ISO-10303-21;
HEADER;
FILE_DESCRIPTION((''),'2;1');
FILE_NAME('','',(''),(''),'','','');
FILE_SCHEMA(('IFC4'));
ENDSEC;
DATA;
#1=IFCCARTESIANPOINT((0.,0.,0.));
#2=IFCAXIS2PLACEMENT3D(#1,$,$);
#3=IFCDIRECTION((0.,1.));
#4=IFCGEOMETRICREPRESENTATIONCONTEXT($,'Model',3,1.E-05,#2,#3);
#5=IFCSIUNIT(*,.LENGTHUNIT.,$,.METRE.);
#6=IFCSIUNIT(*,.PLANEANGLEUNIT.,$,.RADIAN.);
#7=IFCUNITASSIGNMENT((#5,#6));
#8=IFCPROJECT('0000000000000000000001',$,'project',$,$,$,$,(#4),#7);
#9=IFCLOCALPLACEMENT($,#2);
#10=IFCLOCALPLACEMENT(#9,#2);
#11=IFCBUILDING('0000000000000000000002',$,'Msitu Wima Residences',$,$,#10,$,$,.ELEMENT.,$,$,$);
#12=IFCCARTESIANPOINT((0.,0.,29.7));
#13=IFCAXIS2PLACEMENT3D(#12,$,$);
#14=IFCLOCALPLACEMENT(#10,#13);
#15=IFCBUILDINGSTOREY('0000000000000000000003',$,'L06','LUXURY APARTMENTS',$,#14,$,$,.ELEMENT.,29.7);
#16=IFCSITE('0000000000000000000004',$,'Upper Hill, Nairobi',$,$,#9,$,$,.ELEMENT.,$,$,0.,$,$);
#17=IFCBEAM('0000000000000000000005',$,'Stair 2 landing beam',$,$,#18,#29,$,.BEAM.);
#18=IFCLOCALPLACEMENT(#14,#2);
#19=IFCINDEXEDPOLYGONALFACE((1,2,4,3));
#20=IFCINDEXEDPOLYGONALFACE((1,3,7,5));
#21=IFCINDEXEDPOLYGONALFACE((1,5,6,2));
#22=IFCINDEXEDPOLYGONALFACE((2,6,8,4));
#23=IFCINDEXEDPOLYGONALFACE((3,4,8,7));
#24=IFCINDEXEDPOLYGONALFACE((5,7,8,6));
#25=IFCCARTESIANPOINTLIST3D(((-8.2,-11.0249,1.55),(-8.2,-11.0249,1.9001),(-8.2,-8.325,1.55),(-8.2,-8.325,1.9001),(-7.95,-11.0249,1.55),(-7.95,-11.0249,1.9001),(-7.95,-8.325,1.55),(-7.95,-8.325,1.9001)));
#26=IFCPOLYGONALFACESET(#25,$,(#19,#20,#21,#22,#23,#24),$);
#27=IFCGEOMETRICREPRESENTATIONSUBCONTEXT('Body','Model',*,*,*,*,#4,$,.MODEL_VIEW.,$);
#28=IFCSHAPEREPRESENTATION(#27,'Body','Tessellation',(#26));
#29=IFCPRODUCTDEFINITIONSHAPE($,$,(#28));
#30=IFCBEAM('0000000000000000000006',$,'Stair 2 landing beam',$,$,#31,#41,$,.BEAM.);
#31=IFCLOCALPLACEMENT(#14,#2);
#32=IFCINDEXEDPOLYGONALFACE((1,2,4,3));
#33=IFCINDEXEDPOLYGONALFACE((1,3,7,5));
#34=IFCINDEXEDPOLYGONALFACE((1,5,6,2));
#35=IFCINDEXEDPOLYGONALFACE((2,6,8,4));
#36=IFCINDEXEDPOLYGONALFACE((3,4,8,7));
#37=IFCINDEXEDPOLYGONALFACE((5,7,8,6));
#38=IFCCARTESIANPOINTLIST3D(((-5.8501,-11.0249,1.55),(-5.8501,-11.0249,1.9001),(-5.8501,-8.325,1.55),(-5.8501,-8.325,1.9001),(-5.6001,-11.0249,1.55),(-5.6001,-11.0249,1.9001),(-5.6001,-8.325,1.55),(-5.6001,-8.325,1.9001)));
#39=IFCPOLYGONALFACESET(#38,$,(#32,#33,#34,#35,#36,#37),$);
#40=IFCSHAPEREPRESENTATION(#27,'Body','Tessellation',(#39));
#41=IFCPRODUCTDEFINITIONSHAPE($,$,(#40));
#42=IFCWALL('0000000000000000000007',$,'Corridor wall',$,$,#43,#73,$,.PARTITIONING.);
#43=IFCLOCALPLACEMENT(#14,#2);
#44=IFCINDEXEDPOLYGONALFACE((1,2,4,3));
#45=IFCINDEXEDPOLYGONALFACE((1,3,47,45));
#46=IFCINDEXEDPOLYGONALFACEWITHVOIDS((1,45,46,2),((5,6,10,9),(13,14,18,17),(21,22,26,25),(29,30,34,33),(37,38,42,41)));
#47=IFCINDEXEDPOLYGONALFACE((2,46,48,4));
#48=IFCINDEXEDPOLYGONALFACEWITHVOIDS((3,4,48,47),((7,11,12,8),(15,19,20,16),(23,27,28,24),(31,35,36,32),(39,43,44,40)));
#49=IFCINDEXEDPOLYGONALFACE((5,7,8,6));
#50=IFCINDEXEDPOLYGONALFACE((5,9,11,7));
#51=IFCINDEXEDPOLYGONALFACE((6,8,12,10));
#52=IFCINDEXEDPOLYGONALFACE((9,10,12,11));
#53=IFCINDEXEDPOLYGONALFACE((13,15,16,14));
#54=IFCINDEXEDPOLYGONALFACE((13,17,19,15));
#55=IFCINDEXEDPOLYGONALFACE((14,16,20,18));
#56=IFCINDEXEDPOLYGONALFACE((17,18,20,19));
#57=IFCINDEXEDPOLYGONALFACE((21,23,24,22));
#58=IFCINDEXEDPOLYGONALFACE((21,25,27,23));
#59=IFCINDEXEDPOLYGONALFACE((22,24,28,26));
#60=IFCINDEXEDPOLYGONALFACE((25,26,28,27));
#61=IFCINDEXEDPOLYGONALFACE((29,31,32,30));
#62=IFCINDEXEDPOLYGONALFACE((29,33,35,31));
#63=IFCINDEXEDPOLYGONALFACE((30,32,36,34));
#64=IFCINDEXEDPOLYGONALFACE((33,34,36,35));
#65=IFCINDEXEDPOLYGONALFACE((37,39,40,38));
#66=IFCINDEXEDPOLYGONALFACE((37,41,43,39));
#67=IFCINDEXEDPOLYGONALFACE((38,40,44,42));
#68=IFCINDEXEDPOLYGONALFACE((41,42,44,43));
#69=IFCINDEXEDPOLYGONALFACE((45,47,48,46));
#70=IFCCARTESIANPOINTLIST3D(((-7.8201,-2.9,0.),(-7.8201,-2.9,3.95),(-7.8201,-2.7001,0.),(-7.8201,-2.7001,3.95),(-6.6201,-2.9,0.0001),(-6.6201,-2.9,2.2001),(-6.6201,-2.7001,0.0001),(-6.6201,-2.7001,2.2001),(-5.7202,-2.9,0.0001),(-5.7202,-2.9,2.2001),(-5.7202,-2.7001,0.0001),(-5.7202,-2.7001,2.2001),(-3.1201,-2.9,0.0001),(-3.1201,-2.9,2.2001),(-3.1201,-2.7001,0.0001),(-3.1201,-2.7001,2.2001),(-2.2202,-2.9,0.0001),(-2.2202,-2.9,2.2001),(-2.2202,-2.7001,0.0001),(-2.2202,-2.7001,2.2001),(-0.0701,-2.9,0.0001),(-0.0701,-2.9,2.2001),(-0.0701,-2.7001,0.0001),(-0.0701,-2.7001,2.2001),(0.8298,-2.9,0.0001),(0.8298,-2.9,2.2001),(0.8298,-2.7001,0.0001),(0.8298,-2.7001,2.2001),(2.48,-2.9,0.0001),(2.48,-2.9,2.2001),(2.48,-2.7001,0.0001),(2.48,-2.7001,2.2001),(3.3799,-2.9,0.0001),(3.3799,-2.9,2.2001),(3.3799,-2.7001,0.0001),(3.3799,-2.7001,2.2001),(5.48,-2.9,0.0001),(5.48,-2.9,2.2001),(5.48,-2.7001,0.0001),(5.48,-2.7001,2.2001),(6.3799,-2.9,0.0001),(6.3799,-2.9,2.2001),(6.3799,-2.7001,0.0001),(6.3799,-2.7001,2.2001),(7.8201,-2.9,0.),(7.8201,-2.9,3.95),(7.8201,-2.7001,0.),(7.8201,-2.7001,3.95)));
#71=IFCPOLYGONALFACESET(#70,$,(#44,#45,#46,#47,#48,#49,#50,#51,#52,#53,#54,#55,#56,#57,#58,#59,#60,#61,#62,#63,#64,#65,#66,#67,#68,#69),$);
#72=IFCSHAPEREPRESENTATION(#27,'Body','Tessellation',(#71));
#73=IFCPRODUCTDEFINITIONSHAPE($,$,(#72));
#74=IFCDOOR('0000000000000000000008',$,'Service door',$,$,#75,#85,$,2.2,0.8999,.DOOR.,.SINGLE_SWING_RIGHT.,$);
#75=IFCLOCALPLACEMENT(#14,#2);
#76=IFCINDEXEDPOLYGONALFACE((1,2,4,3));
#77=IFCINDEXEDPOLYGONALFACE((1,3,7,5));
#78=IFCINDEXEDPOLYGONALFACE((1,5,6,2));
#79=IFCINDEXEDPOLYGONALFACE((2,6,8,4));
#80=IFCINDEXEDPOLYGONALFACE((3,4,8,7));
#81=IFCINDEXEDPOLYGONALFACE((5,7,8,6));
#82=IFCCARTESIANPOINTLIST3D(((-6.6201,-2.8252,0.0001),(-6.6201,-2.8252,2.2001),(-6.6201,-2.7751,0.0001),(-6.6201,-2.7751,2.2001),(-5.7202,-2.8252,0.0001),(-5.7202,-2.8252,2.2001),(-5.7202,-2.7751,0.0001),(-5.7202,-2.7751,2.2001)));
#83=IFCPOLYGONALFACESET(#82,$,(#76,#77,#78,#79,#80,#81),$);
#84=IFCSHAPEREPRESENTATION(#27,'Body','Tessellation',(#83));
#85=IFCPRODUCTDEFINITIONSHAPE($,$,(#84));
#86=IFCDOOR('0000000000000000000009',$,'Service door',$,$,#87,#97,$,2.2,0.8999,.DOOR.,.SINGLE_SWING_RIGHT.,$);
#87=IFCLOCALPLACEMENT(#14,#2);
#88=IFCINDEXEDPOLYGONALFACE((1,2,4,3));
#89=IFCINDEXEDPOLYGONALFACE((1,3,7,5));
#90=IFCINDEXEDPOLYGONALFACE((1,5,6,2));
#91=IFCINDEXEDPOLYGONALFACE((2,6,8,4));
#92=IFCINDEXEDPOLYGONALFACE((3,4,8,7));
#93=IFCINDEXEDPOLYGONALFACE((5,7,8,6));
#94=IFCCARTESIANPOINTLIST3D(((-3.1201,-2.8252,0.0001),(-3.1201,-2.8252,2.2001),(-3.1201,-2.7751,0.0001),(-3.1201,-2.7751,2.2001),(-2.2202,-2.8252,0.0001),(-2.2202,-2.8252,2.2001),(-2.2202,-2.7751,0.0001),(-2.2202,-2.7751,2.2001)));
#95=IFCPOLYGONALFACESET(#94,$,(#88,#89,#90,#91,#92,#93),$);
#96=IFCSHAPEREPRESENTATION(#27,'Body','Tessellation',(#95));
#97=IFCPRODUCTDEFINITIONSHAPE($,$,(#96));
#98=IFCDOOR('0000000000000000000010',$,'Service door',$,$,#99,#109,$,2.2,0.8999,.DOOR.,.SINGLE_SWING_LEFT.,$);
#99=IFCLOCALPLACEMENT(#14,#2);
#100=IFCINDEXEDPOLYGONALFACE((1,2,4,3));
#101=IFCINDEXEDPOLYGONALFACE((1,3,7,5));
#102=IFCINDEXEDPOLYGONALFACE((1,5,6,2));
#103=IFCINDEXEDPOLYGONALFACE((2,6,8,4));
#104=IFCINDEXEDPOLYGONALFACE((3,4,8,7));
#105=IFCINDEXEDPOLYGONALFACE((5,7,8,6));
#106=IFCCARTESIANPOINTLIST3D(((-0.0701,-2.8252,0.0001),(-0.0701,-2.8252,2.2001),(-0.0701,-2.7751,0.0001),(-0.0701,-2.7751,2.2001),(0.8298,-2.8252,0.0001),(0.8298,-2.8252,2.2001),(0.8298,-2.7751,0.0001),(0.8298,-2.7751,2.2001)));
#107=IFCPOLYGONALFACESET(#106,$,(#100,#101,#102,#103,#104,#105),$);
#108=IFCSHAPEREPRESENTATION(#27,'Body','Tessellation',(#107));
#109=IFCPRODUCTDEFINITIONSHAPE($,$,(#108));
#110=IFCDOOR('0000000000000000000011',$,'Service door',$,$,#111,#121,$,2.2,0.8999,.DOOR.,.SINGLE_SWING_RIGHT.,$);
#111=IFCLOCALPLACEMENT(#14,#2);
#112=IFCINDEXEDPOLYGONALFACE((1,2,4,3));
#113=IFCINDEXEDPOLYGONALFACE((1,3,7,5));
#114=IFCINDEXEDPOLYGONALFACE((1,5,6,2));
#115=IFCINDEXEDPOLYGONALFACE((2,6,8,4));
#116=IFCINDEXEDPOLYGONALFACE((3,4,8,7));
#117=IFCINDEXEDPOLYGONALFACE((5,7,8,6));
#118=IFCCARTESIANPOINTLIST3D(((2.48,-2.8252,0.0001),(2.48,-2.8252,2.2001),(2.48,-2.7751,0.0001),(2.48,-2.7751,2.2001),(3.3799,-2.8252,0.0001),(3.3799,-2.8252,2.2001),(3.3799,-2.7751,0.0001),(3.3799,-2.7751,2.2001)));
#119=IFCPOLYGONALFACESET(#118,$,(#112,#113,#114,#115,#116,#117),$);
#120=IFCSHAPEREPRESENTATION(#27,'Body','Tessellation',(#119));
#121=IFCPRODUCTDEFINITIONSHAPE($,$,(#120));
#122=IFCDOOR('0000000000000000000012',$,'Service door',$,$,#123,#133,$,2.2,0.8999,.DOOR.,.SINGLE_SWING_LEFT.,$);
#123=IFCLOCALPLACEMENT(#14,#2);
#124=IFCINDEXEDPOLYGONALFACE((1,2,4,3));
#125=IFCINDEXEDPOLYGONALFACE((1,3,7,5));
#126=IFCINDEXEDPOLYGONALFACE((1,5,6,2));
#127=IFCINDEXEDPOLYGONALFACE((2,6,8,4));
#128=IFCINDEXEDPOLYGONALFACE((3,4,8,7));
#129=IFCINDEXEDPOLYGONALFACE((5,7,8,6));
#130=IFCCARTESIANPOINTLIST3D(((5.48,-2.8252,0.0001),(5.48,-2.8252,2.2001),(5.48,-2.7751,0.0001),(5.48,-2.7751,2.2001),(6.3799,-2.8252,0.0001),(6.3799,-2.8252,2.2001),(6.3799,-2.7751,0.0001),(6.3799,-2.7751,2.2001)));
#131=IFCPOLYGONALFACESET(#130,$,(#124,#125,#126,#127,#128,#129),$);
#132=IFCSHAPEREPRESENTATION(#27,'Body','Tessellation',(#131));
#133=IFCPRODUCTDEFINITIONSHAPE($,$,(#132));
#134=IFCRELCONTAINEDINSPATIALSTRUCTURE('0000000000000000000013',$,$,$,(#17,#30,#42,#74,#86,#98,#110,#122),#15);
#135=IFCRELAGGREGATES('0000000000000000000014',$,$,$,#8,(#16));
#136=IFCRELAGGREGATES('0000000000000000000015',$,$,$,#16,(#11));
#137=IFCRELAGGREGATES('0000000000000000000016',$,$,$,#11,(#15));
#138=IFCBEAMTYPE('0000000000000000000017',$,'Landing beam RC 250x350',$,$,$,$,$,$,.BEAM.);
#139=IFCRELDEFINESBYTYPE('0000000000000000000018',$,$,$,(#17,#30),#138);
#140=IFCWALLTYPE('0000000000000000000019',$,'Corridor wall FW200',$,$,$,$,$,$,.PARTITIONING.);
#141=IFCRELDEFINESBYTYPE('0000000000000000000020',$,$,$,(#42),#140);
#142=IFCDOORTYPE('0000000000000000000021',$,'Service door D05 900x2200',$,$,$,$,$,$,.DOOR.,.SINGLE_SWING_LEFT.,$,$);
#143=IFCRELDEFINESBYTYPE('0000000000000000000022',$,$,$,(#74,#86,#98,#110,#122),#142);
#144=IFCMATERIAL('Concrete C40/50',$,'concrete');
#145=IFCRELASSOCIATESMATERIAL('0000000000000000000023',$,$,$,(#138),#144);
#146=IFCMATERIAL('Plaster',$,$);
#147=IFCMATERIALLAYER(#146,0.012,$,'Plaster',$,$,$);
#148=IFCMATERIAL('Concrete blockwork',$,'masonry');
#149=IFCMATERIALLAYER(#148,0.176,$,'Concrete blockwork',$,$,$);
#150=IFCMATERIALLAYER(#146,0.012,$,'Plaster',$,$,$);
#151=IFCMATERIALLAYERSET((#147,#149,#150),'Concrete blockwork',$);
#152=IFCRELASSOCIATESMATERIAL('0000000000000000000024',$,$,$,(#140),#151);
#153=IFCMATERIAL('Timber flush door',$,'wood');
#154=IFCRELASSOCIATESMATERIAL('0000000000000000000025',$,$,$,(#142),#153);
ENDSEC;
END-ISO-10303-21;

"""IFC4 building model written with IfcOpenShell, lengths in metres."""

from ifc_helpers import new_model, si_unit, direction, frame, frame_2d, origin, origin_2d, place, context, subcontext, project, spatial, rectangle, extrude, material, layer, layer_set, material_profile, profile_set, type_object, element, fill, save


model = new_model("IFC4")

# Units and contexts
model_context = context("Model", 3, precision=1e-05, world=origin(), true_north=direction((0.0, 1.0)))
body_context = subcontext(model_context, "Body", "Model", "MODEL_VIEW")
ifc_project = project(units=[si_unit("LENGTHUNIT", "METRE"), si_unit("PLANEANGLEUNIT", "RADIAN")], contexts=[model_context])

# Site, building, storey
site_placement = place(None, origin())
site = spatial("IfcSite", under=ifc_project, at=site_placement, Name="Upper Hill, Nairobi", CompositionType="ELEMENT", RefElevation=0.0)
building_placement = place(site_placement, origin())
building = spatial("IfcBuilding", under=site, at=building_placement, Name="Msitu Wima Residences", CompositionType="ELEMENT")
storey_placement = place(building_placement, frame((0.0, 0.0, 29.7)))
storey = spatial("IfcBuildingStorey", under=building, at=storey_placement, Name="L06", Description="LUXURY APARTMENTS", CompositionType="ELEMENT", Elevation=29.7)

# Beams
ifc_material_1 = material(Name="Concrete C40/50", Category="concrete")
ifc_material_profile = material_profile(ifc_material_1, rectangle(XDim=0.25, YDim=0.3501, at=origin_2d()), Name="RC 250x350")
ifc_profile_set = profile_set([ifc_material_profile], Name="Concrete C40/50")
beam_type = type_object("IfcBeamType", Name="Landing beam RC 250x350", PredefinedType="BEAM", material=ifc_profile_set)
for number, where, z_axis, x_axis, name in (
    (1, (-8.075, -11.0249, 1.7251), (0.0, 1.0, 0.0), (-1.0, 0.0, 0.0), "Stair 2 landing beam"),
    (2, (-5.7251, -11.0249, 1.7251), (0.0, 1.0, 0.0), (-1.0, 0.0, 0.0), "Stair 2 landing beam"),
):
    element("IfcBeam", number, at=place(storey_placement, frame(where, z_axis=z_axis, x_axis=x_axis)), inside=storey, type_object=beam_type, Name=name, PredefinedType="BEAM", context=body_context, shape_type="SweptSolid", body=[
        extrude(rectangle(XDim=0.25, YDim=0.3501, at=origin_2d()), origin(), (0.0, 0.0, 1.0), 2.7),
    ])

# Wall, openings, doors
ifc_material_2 = material(Name="Plaster")
ifc_layer_1 = layer(ifc_material_2, 0.012, Name="Plaster")
ifc_material_3 = material(Name="Concrete blockwork", Category="masonry")
ifc_layer_2 = layer(ifc_material_3, 0.176, Name="Concrete blockwork")
ifc_layer_3 = layer(ifc_material_2, 0.012, Name="Plaster")
ifc_layer_set_1 = layer_set([ifc_layer_1, ifc_layer_2, ifc_layer_3], Name="Concrete blockwork")
wall_type_1 = type_object("IfcWallType", Name="Corridor wall FW200", PredefinedType="PARTITIONING", material=ifc_layer_set_1)
wall_1_placement = place(storey_placement, frame((-7.8201, -2.8, 0.0), z_axis=(0.0, 0.0, 1.0), x_axis=(1.0, 0.0, 0.0)))
wall_1 = element("IfcWall", 3, at=wall_1_placement, inside=storey, type_object=wall_type_1, Name="Corridor wall", PredefinedType="PARTITIONING", context=body_context, shape_type="SweptSolid", body=[
    extrude(rectangle(XDim=15.6401, YDim=0.2, at=frame_2d((7.8201, 0.0))), origin(), (0.0, 0.0, 1.0), 3.95),
])
opening_1_placement = place(wall_1_placement, frame((1.2, 0.0, 0.0)))
opening_1 = element("IfcOpeningElement", 4, at=opening_1_placement, cuts=wall_1, PredefinedType="OPENING", context=body_context, shape_type="SweptSolid", body=[
    extrude(rectangle(XDim=0.8999, YDim=2.2, at=frame_2d((0.45, 1.1001))), frame((0.0, 0.1099, 0.0), z_axis=(0.0, -1.0, 0.0), x_axis=(1.0, 0.0, 0.0)), (0.0, 0.0, 1.0), 0.22),
])
opening_2_placement = place(wall_1_placement, frame((4.7, 0.0, 0.0)))
opening_2 = element("IfcOpeningElement", 5, at=opening_2_placement, cuts=wall_1, PredefinedType="OPENING", context=body_context, shape_type="SweptSolid", body=[
    extrude(rectangle(XDim=0.8999, YDim=2.2, at=frame_2d((0.45, 1.1001))), frame((0.0, 0.1099, 0.0), z_axis=(0.0, -1.0, 0.0), x_axis=(1.0, 0.0, 0.0)), (0.0, 0.0, 1.0), 0.22),
])
opening_3_placement = place(wall_1_placement, frame((7.75, 0.0, 0.0)))
opening_3 = element("IfcOpeningElement", 6, at=opening_3_placement, cuts=wall_1, PredefinedType="OPENING", context=body_context, shape_type="SweptSolid", body=[
    extrude(rectangle(XDim=0.8999, YDim=2.2, at=frame_2d((0.45, 1.1001))), frame((0.0, 0.1099, 0.0), z_axis=(0.0, -1.0, 0.0), x_axis=(1.0, 0.0, 0.0)), (0.0, 0.0, 1.0), 0.22),
])
opening_4_placement = place(wall_1_placement, frame((10.3, 0.0, 0.0)))
opening_4 = element("IfcOpeningElement", 7, at=opening_4_placement, cuts=wall_1, PredefinedType="OPENING", context=body_context, shape_type="SweptSolid", body=[
    extrude(rectangle(XDim=0.8999, YDim=2.2, at=frame_2d((0.45, 1.1001))), frame((0.0, 0.1099, 0.0), z_axis=(0.0, -1.0, 0.0), x_axis=(1.0, 0.0, 0.0)), (0.0, 0.0, 1.0), 0.22),
])
opening_5_placement = place(wall_1_placement, frame((13.3, 0.0, 0.0)))
opening_5 = element("IfcOpeningElement", 8, at=opening_5_placement, cuts=wall_1, PredefinedType="OPENING", context=body_context, shape_type="SweptSolid", body=[
    extrude(rectangle(XDim=0.8999, YDim=2.2, at=frame_2d((0.45, 1.1001))), frame((0.0, 0.1099, 0.0), z_axis=(0.0, -1.0, 0.0), x_axis=(1.0, 0.0, 0.0)), (0.0, 0.0, 1.0), 0.22),
])
ifc_material_4 = material(Name="Timber flush door", Category="wood")
door_type_1 = type_object("IfcDoorType", Name="Service door D05 900x2200", OperationType="SINGLE_SWING_LEFT", PredefinedType="DOOR", material=ifc_material_4)
door_1_placement = place(opening_1_placement, origin())
door_1 = element("IfcDoor", 9, at=door_1_placement, inside=storey, type_object=door_type_1, Name="Service door", OperationType="SINGLE_SWING_RIGHT", OverallHeight=2.2, OverallWidth=0.8999, PredefinedType="DOOR", context=body_context, shape_type="SweptSolid", body=[
    extrude(rectangle(XDim=0.8999, YDim=2.2, at=frame_2d((0.45, 1.1001))), frame((0.0, 0.0249, 0.0), z_axis=(0.0, -1.0, 0.0), x_axis=(1.0, 0.0, 0.0)), (0.0, 0.0, 1.0), 0.05),
])
fill(opening_1, door_1)
door_2_placement = place(opening_2_placement, origin())
door_2 = element("IfcDoor", 10, at=door_2_placement, inside=storey, type_object=door_type_1, Name="Service door", OperationType="SINGLE_SWING_RIGHT", OverallHeight=2.2, OverallWidth=0.8999, PredefinedType="DOOR", context=body_context, shape_type="SweptSolid", body=[
    extrude(rectangle(XDim=0.8999, YDim=2.2, at=frame_2d((0.45, 1.1001))), frame((0.0, 0.0249, 0.0), z_axis=(0.0, -1.0, 0.0), x_axis=(1.0, 0.0, 0.0)), (0.0, 0.0, 1.0), 0.05),
])
fill(opening_2, door_2)
door_3_placement = place(opening_3_placement, origin())
door_3 = element("IfcDoor", 11, at=door_3_placement, inside=storey, type_object=door_type_1, Name="Service door", OperationType="SINGLE_SWING_LEFT", OverallHeight=2.2, OverallWidth=0.8999, PredefinedType="DOOR", context=body_context, shape_type="SweptSolid", body=[
    extrude(rectangle(XDim=0.8999, YDim=2.2, at=frame_2d((0.45, 1.1001))), frame((0.0, 0.0249, 0.0), z_axis=(0.0, -1.0, 0.0), x_axis=(1.0, 0.0, 0.0)), (0.0, 0.0, 1.0), 0.05),
])
fill(opening_3, door_3)
door_4_placement = place(opening_4_placement, origin())
door_4 = element("IfcDoor", 12, at=door_4_placement, inside=storey, type_object=door_type_1, Name="Service door", OperationType="SINGLE_SWING_RIGHT", OverallHeight=2.2, OverallWidth=0.8999, PredefinedType="DOOR", context=body_context, shape_type="SweptSolid", body=[
    extrude(rectangle(XDim=0.8999, YDim=2.2, at=frame_2d((0.45, 1.1001))), frame((0.0, 0.0249, 0.0), z_axis=(0.0, -1.0, 0.0), x_axis=(1.0, 0.0, 0.0)), (0.0, 0.0, 1.0), 0.05),
])
fill(opening_4, door_4)
door_5_placement = place(opening_5_placement, origin())
door_5 = element("IfcDoor", 13, at=door_5_placement, inside=storey, type_object=door_type_1, Name="Service door", OperationType="SINGLE_SWING_LEFT", OverallHeight=2.2, OverallWidth=0.8999, PredefinedType="DOOR", context=body_context, shape_type="SweptSolid", body=[
    extrude(rectangle(XDim=0.8999, YDim=2.2, at=frame_2d((0.45, 1.1001))), frame((0.0, 0.0249, 0.0), z_axis=(0.0, -1.0, 0.0), x_axis=(1.0, 0.0, 0.0)), (0.0, 0.0, 1.0), 0.05),
])
fill(opening_5, door_5)

save(model, "model.ifc")
